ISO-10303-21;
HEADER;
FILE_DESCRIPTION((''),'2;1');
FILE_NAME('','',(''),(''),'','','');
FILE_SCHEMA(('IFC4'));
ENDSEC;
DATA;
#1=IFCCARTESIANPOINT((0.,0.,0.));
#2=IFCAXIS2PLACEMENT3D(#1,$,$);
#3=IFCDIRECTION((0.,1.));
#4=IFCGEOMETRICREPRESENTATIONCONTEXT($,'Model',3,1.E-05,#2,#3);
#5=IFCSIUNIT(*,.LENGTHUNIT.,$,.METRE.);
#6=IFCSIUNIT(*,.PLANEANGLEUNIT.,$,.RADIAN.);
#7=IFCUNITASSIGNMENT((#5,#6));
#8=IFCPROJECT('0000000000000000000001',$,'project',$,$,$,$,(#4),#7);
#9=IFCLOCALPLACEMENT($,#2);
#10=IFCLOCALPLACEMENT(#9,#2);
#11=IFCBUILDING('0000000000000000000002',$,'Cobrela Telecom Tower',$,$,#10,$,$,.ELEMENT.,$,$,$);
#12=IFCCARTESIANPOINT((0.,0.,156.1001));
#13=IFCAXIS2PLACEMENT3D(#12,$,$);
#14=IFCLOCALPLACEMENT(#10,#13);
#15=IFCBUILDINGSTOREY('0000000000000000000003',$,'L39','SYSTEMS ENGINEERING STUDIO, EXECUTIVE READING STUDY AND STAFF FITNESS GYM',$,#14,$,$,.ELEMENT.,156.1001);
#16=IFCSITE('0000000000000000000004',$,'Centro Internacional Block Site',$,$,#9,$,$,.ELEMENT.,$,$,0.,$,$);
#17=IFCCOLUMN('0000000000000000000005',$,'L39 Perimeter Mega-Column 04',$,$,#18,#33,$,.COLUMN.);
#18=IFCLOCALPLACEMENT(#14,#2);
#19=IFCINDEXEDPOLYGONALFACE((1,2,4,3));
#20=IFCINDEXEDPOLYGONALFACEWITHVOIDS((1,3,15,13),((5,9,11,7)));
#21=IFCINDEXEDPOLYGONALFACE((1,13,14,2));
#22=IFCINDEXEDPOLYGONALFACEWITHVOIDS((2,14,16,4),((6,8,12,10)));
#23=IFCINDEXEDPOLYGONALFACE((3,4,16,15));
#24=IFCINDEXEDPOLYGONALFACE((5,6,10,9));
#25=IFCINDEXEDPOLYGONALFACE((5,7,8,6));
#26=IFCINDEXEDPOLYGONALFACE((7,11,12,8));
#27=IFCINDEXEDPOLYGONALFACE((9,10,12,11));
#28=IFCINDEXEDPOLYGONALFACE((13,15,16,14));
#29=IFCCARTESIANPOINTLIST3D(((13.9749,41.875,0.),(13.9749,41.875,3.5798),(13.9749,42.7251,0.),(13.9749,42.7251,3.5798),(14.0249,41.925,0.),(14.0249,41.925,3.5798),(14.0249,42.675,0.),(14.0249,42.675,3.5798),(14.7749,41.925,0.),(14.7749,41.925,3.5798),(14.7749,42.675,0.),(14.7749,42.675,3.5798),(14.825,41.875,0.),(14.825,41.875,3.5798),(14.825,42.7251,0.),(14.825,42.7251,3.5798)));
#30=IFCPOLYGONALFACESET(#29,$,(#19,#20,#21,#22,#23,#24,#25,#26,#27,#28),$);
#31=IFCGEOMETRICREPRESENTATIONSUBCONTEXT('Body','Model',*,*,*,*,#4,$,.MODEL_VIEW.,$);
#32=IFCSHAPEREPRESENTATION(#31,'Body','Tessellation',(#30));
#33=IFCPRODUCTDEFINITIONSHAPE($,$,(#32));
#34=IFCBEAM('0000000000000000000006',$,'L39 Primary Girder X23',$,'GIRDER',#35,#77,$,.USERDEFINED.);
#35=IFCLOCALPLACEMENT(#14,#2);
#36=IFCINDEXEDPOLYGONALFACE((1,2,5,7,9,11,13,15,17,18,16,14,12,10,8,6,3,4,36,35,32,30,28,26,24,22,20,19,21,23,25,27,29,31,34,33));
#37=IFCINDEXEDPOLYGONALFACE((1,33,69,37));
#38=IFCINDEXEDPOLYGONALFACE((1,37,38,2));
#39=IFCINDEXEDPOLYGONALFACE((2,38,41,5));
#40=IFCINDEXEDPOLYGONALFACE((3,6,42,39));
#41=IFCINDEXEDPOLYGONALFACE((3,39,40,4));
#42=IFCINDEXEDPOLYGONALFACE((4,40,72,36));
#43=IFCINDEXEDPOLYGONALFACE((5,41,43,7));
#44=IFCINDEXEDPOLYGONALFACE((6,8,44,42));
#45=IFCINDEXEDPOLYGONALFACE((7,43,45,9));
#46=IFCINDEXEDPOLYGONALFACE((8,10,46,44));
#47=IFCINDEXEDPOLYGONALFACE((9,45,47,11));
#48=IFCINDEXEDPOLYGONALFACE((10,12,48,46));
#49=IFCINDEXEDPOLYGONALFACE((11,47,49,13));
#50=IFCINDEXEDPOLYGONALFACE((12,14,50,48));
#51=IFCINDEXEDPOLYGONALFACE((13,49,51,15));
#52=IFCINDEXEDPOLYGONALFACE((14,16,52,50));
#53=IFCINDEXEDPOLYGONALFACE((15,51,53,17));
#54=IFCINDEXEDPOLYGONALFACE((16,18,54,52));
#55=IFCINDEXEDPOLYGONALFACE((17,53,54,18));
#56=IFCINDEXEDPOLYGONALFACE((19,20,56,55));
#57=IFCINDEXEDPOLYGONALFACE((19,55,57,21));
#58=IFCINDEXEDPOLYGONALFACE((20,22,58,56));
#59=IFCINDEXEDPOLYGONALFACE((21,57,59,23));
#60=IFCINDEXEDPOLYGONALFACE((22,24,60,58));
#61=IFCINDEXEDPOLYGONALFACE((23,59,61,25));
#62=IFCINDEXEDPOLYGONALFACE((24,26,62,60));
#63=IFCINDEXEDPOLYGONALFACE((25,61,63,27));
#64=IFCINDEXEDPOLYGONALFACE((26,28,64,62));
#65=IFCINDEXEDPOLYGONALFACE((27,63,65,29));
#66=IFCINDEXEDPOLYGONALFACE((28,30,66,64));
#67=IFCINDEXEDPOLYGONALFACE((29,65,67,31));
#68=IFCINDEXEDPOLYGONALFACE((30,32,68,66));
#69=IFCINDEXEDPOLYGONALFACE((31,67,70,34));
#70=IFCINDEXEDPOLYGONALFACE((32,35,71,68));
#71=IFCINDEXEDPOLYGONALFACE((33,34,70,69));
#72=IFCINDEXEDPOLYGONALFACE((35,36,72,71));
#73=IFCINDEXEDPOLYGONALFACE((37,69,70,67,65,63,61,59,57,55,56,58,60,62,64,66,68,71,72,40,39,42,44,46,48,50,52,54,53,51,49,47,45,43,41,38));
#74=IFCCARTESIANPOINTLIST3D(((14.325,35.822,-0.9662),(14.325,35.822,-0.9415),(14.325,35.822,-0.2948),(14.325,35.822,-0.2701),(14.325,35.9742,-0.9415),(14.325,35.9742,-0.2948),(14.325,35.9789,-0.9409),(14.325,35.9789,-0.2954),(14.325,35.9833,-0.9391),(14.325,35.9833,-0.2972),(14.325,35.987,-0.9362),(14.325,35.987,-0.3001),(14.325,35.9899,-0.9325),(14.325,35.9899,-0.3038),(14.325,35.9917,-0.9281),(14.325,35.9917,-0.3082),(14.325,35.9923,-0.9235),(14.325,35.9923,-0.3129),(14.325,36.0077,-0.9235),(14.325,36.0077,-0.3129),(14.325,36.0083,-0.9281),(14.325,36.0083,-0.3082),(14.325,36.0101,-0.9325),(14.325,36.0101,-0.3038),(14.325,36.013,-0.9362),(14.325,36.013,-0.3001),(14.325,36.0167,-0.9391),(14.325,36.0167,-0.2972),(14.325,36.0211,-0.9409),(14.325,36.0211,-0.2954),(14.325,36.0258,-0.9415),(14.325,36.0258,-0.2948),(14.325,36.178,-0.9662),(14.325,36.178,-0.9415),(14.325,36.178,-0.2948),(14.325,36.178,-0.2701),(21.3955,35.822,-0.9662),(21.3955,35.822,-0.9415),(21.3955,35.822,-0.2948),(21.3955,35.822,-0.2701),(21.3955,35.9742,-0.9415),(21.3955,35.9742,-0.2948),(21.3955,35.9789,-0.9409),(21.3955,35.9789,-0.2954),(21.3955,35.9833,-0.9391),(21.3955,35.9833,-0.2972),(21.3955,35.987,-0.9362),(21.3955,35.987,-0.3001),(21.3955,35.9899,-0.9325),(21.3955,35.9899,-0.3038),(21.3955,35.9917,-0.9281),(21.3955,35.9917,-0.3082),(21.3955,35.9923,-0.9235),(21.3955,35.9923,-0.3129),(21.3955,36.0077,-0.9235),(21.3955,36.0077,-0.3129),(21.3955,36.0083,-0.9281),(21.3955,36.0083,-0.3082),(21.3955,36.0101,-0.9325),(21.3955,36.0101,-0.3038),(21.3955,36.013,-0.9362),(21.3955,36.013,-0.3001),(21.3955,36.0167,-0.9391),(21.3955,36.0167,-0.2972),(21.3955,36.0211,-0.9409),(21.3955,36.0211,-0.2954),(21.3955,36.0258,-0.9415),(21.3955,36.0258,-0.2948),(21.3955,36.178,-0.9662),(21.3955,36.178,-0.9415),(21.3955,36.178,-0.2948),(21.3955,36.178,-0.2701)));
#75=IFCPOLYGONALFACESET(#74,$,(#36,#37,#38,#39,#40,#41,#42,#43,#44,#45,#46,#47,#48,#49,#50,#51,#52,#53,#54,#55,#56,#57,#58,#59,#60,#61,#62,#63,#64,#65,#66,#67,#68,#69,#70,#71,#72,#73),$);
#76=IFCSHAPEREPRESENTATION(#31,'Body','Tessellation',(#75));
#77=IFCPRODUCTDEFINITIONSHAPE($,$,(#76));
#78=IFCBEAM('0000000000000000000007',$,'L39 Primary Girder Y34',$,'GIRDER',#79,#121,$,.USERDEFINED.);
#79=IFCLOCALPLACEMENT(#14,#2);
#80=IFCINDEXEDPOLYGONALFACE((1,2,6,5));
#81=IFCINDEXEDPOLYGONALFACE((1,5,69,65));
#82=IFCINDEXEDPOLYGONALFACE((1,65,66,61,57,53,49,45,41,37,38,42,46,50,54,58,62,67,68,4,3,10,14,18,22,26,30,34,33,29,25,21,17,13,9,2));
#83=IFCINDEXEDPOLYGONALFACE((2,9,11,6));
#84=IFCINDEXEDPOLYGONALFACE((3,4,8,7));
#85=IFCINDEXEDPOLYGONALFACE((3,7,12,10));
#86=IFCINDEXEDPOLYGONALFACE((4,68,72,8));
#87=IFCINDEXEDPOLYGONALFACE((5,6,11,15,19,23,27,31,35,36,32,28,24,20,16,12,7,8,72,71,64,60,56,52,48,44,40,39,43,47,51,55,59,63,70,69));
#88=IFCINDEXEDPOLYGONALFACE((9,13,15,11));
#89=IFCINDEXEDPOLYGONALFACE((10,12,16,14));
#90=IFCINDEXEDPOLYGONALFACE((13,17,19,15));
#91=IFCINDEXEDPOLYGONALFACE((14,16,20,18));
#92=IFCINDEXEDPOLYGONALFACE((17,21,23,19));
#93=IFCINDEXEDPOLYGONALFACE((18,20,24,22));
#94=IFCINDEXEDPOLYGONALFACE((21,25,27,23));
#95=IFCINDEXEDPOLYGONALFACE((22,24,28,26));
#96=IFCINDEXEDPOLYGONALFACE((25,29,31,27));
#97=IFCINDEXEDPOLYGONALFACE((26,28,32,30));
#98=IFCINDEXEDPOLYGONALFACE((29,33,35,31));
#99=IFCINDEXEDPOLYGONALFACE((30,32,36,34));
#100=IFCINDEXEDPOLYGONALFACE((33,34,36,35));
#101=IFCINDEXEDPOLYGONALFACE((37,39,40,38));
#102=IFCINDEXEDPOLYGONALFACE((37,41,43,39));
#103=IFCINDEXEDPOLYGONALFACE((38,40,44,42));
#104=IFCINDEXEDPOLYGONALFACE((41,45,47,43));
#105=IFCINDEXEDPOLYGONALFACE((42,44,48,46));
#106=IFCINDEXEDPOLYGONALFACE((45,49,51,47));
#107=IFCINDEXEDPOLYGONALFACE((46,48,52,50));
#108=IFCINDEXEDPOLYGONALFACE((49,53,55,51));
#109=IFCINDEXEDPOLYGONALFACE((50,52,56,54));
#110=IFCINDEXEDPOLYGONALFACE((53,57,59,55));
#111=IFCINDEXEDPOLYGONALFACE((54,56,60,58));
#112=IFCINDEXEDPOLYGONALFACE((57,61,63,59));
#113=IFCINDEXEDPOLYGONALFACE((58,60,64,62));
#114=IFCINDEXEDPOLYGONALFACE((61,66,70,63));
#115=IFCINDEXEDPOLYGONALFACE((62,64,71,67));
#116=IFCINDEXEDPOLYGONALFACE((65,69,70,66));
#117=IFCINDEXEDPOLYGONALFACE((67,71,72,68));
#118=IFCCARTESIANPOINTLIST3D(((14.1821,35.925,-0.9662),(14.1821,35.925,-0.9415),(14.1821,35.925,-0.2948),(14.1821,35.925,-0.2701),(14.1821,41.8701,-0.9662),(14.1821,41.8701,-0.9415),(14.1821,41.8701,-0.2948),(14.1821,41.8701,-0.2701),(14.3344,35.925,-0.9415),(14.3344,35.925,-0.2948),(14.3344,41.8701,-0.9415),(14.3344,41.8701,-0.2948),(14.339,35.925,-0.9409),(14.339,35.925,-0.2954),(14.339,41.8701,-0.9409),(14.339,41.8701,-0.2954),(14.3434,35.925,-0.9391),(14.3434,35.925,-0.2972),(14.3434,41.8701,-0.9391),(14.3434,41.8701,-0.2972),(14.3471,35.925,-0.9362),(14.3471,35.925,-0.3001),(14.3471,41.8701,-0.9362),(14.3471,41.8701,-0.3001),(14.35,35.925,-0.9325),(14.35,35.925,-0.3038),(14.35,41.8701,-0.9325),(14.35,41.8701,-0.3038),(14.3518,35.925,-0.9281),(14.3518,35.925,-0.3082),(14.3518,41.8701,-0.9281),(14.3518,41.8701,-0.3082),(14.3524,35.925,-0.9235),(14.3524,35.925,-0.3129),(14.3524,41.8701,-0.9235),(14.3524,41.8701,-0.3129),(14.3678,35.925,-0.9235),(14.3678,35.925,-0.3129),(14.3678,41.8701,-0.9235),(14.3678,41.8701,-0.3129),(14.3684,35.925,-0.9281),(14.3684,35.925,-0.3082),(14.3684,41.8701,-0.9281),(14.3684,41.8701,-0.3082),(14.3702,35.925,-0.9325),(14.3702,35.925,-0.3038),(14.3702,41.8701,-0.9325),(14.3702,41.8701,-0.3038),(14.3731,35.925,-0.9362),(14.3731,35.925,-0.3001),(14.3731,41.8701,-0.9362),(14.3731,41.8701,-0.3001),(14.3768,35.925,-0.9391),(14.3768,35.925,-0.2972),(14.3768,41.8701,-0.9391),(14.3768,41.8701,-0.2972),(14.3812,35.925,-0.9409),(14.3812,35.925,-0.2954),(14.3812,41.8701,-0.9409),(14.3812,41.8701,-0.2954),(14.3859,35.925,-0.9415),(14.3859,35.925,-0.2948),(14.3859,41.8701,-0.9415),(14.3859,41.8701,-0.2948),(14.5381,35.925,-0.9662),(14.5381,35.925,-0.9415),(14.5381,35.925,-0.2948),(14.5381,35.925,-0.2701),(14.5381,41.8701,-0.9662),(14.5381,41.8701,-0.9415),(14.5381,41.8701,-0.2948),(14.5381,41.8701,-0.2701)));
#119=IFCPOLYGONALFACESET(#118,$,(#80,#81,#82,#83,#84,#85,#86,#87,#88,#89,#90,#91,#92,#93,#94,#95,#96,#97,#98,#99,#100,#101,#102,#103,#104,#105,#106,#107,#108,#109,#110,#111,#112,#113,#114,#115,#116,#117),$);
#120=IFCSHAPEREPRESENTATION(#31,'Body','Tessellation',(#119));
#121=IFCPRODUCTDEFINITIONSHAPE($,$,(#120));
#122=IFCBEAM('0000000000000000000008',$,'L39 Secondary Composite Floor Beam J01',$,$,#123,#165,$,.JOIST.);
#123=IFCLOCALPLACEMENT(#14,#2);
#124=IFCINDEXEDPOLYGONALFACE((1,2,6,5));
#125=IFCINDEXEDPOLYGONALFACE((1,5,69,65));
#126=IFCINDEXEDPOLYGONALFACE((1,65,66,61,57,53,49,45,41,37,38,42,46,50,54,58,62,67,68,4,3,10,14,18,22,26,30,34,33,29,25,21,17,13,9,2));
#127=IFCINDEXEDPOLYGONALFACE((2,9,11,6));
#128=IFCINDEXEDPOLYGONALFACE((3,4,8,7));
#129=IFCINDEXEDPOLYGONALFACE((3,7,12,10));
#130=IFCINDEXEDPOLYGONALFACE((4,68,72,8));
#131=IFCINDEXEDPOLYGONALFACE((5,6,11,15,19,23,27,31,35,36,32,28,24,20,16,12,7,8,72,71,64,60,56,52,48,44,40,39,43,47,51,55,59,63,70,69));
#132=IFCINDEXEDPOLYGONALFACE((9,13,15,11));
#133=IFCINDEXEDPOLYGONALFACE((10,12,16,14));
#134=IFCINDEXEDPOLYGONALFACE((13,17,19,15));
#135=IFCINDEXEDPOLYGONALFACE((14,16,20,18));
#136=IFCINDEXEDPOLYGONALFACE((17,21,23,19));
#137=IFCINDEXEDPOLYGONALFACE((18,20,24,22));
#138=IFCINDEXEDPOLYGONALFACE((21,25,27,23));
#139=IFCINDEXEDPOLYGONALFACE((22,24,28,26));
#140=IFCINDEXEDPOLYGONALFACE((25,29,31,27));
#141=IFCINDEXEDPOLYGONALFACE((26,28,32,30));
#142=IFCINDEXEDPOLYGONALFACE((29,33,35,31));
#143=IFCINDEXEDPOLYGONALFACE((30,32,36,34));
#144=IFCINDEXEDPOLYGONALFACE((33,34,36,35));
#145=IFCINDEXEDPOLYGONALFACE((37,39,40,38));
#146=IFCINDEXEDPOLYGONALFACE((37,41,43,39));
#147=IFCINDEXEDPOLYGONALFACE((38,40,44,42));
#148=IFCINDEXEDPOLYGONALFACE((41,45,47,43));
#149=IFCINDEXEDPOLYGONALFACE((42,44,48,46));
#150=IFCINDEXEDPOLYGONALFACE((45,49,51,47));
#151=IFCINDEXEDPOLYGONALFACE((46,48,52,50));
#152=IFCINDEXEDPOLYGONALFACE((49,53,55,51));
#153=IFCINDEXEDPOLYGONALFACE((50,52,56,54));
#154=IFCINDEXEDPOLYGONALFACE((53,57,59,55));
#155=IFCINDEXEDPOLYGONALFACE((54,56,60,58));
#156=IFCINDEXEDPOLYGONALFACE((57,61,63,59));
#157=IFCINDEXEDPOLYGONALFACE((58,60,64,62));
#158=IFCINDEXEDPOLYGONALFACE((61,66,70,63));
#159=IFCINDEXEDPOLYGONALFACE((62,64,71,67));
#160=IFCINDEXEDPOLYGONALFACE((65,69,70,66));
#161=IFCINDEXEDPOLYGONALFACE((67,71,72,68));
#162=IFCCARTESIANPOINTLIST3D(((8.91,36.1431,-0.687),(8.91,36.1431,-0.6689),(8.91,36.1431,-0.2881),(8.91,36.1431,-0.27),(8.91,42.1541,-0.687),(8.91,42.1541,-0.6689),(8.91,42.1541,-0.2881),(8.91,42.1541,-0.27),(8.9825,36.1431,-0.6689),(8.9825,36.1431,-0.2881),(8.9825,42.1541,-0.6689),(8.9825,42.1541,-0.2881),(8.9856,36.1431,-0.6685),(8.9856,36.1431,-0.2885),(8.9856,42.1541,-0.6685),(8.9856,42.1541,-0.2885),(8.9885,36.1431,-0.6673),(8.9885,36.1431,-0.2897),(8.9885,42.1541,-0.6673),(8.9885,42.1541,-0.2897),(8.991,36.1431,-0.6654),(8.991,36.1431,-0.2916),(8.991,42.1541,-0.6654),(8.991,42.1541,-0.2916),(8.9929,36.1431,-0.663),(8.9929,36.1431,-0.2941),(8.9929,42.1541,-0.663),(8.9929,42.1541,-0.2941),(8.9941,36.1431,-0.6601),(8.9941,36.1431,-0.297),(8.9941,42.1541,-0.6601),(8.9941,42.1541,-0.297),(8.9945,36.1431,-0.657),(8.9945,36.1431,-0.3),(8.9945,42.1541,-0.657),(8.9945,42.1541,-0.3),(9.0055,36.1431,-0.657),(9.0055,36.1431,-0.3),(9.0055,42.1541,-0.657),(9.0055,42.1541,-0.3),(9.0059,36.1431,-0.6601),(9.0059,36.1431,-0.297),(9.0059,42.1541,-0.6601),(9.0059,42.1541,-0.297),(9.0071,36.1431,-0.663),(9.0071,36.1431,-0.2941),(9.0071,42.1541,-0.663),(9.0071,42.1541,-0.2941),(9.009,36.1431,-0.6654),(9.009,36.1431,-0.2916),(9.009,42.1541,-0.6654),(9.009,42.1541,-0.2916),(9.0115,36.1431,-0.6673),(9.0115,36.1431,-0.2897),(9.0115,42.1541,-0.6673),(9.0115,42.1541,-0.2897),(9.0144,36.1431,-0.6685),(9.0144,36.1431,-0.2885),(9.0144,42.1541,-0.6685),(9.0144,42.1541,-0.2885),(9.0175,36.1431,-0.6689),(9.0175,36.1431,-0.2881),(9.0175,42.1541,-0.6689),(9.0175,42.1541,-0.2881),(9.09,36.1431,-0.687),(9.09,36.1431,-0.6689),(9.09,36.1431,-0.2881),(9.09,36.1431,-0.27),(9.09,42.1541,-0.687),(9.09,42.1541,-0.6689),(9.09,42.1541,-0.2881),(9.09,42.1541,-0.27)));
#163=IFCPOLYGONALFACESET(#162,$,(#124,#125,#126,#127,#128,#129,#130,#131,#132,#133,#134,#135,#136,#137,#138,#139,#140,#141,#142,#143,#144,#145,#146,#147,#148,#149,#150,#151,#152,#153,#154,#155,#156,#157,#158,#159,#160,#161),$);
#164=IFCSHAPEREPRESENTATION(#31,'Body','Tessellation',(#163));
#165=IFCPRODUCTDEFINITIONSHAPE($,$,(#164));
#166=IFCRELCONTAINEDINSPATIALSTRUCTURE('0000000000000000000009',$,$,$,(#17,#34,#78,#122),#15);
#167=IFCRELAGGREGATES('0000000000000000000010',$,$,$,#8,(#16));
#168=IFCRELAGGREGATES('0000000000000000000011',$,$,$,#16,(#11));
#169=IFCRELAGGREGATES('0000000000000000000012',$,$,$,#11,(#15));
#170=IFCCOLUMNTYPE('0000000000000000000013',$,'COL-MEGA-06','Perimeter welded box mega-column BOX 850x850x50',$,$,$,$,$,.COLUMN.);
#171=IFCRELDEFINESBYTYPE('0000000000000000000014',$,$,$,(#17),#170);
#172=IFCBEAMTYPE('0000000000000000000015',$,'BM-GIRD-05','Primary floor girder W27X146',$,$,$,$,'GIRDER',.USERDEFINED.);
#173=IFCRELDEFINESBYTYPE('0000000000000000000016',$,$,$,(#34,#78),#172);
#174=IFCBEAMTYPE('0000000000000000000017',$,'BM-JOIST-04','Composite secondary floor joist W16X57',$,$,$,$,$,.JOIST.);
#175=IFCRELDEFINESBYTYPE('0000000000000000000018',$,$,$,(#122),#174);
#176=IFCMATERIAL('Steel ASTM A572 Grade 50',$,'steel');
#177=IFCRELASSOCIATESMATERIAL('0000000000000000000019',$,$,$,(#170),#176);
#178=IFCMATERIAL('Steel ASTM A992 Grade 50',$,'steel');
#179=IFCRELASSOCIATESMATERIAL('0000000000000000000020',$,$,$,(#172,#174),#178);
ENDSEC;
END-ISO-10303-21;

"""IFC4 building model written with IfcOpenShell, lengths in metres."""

from ifc_helpers import new_model, si_unit, direction, frame, origin, origin_2d, place, context, subcontext, project, spatial, hollow_rectangle, i_section, extrude, material, material_profile, profile_set, type_object, element, save


model = new_model("IFC4")

# Units and contexts
model_context = context("Model", 3, precision=1e-05, world=origin(), true_north=direction((0.0, 1.0)))
body_context = subcontext(model_context, "Body", "Model", "MODEL_VIEW")
ifc_project = project(units=[si_unit("LENGTHUNIT", "METRE"), si_unit("PLANEANGLEUNIT", "RADIAN")], contexts=[model_context])

# Site, building, storey
site_placement = place(None, origin())
site = spatial("IfcSite", under=ifc_project, at=site_placement, Name="Centro Internacional Block Site", CompositionType="ELEMENT", RefElevation=0.0)
building_placement = place(site_placement, origin())
building = spatial("IfcBuilding", under=site, at=building_placement, Name="Cobrela Telecom Tower", CompositionType="ELEMENT")
storey_placement = place(building_placement, frame((0.0, 0.0, 156.1001)))
storey = spatial("IfcBuildingStorey", under=building, at=storey_placement, Name="L39", Description="SYSTEMS ENGINEERING STUDIO, EXECUTIVE READING STUDY AND STAFF FITNESS GYM", CompositionType="ELEMENT", Elevation=156.1001)

# Column
ifc_material_1 = material(Name="Steel ASTM A572 Grade 50", Category="steel")
ifc_material_profile_1 = material_profile(ifc_material_1, hollow_rectangle(XDim=0.8501, YDim=0.8501, WallThickness=0.05, at=origin_2d()), Name="BOX 850x850x50")
ifc_profile_set_1 = profile_set([ifc_material_profile_1], Name="Steel ASTM A572 Grade 50")
column_type = type_object("IfcColumnType", Name="COL-MEGA-06", Description="Perimeter welded box mega-column BOX 850x850x50", PredefinedType="COLUMN", material=ifc_profile_set_1)
column_placement = place(storey_placement, frame((14.3999, 42.3, 0.0), z_axis=(0.0, 0.0, 1.0), x_axis=(1.0, 0.0, 0.0)))
element("IfcColumn", 1, at=column_placement, inside=storey, type_object=column_type, Name="L39 Perimeter Mega-Column 04", PredefinedType="COLUMN", context=body_context, shape_type="SweptSolid", body=[
    extrude(hollow_rectangle(XDim=0.8501, YDim=0.8501, WallThickness=0.05, at=origin_2d()), origin(), (0.0, 0.0, 1.0), 3.5798),
])

# Beams
ifc_material_2 = material(Name="Steel ASTM A992 Grade 50", Category="steel")
ifc_material_profile_2 = material_profile(ifc_material_2, i_section(OverallWidth=0.356, OverallDepth=0.696, WebThickness=0.0154, FlangeThickness=0.0247, FilletRadius=0.0181, at=origin_2d()), Name="W27X146")
ifc_profile_set_2 = profile_set([ifc_material_profile_2], Name="Steel ASTM A992 Grade 50")
beam_type_1 = type_object("IfcBeamType", Name="BM-GIRD-05", Description="Primary floor girder W27X146", ElementType="GIRDER", PredefinedType="USERDEFINED", material=ifc_profile_set_2)
beam_1_placement = place(storey_placement, frame((14.325, 36.0, -0.6182), z_axis=(1.0, 0.0, 0.0), x_axis=(0.0, 1.0, 0.0)))
element("IfcBeam", 2, at=beam_1_placement, inside=storey, type_object=beam_type_1, Name="L39 Primary Girder X23", ObjectType="GIRDER", PredefinedType="USERDEFINED", context=body_context, shape_type="SweptSolid", body=[
    extrude(i_section(OverallWidth=0.356, OverallDepth=0.696, WebThickness=0.0154, FlangeThickness=0.0247, FilletRadius=0.0181, at=origin_2d()), origin(), (0.0, 0.0, 1.0), 7.0706),
])
beam_2_placement = place(storey_placement, frame((14.3601, 35.925, -0.6182), z_axis=(0.0, 1.0, 0.0), x_axis=(-1.0, 0.0, 0.0)))
element("IfcBeam", 3, at=beam_2_placement, inside=storey, type_object=beam_type_1, Name="L39 Primary Girder Y34", ObjectType="GIRDER", PredefinedType="USERDEFINED", context=body_context, shape_type="SweptSolid", body=[
    extrude(i_section(OverallWidth=0.356, OverallDepth=0.696, WebThickness=0.0154, FlangeThickness=0.0247, FilletRadius=0.0181, at=origin_2d()), origin(), (0.0, 0.0, 1.0), 5.9451),
])
ifc_material_profile_3 = material_profile(ifc_material_2, i_section(OverallWidth=0.1799, OverallDepth=0.417, WebThickness=0.011, FlangeThickness=0.0181, FilletRadius=0.012, at=origin_2d()), Name="W16X57")
ifc_profile_set_3 = profile_set([ifc_material_profile_3], Name="Steel ASTM A992 Grade 50")
beam_type_2 = type_object("IfcBeamType", Name="BM-JOIST-04", Description="Composite secondary floor joist W16X57", PredefinedType="JOIST", material=ifc_profile_set_3)
for number, where, z_axis, x_axis, name in (
    (4, (9.0, 36.1431, -0.4785), (0.0, 1.0, 0.0), (-1.0, 0.0, 0.0), "L39 Secondary Composite Floor Beam J01"),
):
    element("IfcBeam", number, at=place(storey_placement, frame(where, z_axis=z_axis, x_axis=x_axis)), inside=storey, type_object=beam_type_2, Name=name, PredefinedType="JOIST", context=body_context, shape_type="SweptSolid", body=[
        extrude(i_section(OverallWidth=0.1799, OverallDepth=0.417, WebThickness=0.011, FlangeThickness=0.0181, FilletRadius=0.012, at=origin_2d()), origin(), (0.0, 0.0, 1.0), 6.011),
    ])

save(model, "model.ifc")
